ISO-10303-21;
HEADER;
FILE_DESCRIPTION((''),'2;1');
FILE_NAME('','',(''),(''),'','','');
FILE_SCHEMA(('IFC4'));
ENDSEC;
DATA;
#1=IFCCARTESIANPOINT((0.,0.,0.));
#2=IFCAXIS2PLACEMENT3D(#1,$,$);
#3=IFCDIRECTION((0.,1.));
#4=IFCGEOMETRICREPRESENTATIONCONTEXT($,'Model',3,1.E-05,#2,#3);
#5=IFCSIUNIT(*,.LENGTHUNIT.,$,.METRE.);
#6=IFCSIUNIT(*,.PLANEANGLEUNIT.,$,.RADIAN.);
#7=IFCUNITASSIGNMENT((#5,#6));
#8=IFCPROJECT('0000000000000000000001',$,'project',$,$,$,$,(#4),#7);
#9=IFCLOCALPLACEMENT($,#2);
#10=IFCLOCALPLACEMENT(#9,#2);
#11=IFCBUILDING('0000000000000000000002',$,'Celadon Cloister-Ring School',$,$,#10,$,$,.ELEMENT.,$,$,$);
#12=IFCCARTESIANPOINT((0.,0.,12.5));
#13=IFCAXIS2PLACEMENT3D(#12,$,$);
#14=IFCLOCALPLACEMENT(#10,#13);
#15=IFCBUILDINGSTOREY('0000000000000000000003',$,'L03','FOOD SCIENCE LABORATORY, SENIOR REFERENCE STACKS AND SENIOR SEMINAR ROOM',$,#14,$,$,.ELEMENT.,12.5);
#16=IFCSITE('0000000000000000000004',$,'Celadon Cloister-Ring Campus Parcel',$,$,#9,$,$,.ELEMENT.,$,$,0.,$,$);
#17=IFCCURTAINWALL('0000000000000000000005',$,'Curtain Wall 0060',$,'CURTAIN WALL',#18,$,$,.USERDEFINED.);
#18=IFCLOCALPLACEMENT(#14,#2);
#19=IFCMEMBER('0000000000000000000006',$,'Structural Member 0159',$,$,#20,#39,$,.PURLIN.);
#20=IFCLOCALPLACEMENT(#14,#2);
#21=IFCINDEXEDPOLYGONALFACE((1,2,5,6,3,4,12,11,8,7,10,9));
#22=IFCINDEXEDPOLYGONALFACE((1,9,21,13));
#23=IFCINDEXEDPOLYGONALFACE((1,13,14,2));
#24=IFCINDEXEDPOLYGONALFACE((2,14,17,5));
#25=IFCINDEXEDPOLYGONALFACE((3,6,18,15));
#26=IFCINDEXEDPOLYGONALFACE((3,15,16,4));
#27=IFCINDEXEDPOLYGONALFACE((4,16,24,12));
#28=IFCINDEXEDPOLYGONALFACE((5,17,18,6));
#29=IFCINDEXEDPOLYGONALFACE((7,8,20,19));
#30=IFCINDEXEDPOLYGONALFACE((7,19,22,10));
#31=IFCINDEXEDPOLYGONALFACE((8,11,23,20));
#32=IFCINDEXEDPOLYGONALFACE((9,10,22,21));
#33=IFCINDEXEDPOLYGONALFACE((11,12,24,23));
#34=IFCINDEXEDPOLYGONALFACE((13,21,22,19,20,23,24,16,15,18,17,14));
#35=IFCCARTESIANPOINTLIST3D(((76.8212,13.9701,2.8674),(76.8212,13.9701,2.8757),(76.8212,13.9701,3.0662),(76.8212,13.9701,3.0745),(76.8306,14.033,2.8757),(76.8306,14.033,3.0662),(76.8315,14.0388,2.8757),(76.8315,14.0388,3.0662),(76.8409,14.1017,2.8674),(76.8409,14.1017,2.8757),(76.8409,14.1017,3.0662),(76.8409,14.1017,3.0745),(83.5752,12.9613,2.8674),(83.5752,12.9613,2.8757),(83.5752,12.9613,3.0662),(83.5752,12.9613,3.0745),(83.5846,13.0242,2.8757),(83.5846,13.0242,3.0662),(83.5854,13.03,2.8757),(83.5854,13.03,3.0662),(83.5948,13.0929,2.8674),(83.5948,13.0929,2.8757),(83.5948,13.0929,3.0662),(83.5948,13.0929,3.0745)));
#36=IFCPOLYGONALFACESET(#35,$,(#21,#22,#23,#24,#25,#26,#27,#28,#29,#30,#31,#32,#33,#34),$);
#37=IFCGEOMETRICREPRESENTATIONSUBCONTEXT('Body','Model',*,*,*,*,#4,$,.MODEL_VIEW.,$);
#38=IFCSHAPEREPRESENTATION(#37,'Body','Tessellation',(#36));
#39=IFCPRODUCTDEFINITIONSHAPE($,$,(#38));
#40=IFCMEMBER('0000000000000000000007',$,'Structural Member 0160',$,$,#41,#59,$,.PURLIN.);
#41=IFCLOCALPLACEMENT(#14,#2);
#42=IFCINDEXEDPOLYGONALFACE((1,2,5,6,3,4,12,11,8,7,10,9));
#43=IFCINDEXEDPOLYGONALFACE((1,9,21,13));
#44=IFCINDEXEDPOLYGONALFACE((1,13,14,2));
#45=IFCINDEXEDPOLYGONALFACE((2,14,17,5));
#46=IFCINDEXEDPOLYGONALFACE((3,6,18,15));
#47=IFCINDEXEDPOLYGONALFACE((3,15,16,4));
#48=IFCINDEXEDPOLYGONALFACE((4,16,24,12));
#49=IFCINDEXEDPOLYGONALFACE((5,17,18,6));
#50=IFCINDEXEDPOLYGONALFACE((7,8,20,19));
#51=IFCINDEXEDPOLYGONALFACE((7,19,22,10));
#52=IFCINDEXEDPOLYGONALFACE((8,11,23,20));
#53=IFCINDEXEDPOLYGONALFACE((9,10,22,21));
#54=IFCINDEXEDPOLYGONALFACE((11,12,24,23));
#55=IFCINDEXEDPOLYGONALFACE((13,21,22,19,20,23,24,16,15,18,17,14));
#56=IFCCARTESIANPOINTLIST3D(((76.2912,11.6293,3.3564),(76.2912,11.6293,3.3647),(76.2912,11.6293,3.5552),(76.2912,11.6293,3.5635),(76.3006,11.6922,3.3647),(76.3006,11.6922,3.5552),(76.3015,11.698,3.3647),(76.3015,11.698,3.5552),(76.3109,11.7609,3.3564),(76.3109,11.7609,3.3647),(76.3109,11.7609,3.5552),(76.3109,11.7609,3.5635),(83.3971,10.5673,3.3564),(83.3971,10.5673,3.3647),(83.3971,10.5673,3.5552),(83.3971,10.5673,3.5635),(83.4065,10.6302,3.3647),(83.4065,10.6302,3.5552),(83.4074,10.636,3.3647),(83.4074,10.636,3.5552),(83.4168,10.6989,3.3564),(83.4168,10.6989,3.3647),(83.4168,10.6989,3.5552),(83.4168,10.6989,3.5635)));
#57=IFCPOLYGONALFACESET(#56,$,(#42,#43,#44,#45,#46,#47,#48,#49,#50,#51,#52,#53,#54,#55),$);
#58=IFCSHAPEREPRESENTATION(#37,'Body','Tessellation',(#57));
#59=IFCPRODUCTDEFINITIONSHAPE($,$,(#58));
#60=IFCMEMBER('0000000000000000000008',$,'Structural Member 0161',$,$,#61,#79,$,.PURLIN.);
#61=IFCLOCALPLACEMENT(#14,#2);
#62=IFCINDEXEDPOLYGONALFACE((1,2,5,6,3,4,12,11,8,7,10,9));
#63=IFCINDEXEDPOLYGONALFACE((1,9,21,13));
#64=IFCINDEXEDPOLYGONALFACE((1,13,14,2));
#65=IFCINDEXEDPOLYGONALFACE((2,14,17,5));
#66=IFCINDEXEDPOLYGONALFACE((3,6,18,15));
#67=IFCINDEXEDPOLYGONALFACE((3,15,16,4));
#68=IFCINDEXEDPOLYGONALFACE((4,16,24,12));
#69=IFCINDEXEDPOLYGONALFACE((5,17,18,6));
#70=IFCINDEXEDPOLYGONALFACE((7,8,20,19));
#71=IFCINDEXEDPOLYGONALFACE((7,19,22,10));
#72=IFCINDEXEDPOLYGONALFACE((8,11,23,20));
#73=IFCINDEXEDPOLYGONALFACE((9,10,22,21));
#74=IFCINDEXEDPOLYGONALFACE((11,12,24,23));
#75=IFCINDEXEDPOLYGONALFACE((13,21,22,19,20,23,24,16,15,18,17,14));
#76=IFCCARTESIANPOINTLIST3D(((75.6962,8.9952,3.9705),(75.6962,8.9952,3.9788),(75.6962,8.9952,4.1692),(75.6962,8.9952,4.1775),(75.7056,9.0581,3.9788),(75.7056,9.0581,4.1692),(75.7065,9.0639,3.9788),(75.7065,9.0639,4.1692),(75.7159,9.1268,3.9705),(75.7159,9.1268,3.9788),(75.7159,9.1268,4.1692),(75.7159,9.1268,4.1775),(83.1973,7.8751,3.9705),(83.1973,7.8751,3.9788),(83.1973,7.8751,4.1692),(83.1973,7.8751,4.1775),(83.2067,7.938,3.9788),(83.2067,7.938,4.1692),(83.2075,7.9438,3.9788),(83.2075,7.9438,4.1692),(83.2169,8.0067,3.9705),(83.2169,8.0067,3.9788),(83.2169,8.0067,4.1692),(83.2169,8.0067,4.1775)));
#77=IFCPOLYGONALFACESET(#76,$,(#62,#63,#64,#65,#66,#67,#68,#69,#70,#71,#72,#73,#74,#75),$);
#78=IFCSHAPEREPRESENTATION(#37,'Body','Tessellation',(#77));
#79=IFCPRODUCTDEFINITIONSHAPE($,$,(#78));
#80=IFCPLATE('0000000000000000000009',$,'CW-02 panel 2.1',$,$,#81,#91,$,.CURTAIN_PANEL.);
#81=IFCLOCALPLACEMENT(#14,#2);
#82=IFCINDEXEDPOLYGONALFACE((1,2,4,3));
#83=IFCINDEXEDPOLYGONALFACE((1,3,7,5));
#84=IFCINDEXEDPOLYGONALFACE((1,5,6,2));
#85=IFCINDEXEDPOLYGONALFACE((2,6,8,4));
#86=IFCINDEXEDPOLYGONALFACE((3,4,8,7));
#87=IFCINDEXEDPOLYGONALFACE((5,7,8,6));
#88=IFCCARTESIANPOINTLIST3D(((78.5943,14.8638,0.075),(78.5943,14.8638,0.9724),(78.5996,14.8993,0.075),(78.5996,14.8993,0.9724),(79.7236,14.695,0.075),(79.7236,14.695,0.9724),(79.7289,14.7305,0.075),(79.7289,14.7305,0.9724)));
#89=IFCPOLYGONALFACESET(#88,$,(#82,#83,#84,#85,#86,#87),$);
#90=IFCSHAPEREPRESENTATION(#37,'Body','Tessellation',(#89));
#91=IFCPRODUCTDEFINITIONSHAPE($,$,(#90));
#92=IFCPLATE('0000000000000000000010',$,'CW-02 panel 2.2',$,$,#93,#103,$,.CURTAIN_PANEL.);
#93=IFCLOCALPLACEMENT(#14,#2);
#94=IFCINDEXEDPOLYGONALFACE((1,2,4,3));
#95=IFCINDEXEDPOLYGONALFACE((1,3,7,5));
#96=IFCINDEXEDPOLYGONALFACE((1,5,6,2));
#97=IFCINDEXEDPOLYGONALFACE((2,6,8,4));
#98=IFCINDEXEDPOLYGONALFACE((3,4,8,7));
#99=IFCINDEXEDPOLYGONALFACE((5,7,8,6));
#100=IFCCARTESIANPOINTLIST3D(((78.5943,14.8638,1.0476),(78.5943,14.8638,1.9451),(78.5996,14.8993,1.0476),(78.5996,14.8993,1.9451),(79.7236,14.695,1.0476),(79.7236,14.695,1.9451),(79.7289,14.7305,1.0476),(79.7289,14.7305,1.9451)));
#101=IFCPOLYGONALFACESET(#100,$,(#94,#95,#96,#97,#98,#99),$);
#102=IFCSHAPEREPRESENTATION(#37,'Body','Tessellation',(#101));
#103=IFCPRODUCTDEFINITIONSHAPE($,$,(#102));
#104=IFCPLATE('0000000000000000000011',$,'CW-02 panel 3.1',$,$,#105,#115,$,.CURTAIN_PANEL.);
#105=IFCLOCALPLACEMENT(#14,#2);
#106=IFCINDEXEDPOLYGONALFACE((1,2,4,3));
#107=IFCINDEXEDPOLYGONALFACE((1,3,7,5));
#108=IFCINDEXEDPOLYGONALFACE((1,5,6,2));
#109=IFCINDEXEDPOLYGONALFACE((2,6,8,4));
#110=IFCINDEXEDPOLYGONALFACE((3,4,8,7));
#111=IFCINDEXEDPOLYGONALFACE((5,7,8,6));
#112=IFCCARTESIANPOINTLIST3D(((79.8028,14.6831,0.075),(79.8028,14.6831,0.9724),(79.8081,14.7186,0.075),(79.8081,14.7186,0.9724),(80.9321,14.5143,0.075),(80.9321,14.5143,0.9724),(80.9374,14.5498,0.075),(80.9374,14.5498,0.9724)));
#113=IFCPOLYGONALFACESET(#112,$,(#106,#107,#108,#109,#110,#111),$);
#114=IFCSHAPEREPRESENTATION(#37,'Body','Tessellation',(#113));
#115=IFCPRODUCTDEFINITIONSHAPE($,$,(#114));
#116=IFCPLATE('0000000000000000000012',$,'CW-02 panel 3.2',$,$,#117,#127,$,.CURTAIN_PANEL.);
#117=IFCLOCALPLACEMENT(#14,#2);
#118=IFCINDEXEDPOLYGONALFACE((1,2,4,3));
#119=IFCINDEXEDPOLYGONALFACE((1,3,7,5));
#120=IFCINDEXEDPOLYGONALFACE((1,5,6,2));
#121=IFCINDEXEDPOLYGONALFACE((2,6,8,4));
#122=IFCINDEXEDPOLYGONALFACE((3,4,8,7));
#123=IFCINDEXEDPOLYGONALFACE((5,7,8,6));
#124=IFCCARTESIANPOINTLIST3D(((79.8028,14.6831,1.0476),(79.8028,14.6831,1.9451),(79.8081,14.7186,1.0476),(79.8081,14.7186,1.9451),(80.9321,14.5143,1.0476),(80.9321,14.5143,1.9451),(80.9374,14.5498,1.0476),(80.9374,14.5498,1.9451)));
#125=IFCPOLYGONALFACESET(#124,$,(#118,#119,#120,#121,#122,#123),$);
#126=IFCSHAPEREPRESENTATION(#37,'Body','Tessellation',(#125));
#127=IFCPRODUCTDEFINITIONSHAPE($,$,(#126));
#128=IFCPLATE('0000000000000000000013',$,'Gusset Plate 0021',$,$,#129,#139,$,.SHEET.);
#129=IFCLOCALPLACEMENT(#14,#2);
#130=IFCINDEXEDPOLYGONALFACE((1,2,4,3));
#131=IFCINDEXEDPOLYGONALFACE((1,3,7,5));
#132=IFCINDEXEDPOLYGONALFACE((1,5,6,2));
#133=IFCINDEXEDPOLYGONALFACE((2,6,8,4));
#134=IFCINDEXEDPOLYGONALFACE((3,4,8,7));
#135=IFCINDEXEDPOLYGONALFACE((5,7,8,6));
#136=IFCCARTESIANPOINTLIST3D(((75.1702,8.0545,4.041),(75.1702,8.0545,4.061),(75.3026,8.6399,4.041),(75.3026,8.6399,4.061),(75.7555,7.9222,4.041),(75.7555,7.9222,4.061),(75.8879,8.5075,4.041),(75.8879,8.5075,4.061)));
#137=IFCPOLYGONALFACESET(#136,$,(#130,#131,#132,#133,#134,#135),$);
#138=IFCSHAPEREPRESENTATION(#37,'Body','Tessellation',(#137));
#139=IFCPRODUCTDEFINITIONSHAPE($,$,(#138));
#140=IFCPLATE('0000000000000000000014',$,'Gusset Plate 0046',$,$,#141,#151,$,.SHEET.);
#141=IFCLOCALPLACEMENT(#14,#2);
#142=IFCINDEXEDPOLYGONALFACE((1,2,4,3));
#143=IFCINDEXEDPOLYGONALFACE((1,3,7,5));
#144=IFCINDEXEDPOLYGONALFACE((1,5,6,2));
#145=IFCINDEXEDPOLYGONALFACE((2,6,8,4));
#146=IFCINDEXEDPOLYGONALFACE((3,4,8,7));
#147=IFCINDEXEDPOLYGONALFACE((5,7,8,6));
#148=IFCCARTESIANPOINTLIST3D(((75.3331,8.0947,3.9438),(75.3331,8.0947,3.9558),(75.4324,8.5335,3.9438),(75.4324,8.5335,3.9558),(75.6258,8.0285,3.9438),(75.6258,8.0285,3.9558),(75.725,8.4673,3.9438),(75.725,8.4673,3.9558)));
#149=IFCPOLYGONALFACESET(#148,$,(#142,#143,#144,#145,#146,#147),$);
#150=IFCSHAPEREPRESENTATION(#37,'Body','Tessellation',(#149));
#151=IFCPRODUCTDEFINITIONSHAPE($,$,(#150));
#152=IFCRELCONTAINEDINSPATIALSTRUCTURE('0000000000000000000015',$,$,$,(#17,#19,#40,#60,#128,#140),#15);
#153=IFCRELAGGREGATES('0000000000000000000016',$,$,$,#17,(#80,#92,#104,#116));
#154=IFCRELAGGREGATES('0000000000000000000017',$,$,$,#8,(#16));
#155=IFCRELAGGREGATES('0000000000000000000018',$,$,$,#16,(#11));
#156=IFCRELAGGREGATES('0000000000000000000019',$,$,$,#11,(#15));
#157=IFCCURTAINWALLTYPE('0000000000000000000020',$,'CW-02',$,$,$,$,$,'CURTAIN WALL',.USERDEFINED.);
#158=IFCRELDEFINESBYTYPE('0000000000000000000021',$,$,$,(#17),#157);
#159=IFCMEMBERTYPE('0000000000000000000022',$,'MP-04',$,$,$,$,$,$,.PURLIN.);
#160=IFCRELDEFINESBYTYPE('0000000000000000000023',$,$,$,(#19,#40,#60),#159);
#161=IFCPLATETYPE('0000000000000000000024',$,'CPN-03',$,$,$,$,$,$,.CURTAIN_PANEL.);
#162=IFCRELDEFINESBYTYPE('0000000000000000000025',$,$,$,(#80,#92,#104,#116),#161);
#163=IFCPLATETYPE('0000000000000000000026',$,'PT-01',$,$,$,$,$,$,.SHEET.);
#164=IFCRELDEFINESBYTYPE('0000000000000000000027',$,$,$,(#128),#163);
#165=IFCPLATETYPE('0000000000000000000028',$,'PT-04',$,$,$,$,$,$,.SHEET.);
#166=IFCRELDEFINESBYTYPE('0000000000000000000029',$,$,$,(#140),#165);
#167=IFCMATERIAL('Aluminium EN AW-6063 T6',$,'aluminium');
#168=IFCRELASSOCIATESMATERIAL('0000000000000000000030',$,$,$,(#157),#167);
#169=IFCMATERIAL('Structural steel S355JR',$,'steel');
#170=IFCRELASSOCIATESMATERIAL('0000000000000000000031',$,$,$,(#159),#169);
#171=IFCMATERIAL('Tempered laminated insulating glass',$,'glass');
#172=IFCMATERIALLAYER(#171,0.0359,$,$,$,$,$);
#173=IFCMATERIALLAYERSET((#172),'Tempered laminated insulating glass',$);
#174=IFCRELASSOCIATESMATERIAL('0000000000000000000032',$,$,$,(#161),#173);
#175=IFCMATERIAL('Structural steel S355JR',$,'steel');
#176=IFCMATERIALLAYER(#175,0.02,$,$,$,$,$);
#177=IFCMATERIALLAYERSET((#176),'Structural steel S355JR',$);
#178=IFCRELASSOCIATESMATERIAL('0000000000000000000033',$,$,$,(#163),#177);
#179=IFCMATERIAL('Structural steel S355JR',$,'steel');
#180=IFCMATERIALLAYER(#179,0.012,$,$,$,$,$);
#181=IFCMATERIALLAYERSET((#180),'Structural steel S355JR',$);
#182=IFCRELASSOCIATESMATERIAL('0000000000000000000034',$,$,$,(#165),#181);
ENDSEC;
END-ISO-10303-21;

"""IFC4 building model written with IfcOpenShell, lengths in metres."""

from ifc_helpers import new_model, si_unit, direction, frame, origin, origin_2d, place, context, subcontext, project, spatial, rectangle, i_section, extrude, material, layer, layer_set, material_profile, profile_set, type_object, element, aggregate, save


model = new_model("IFC4")

# Units and contexts
model_context = context("Model", 3, precision=1e-05, world=origin(), true_north=direction((0.0, 1.0)))
body_context = subcontext(model_context, "Body", "Model", "MODEL_VIEW")
ifc_project = project(units=[si_unit("LENGTHUNIT", "METRE"), si_unit("PLANEANGLEUNIT", "RADIAN")], contexts=[model_context])

# Site, building, storey
site_placement = place(None, origin())
site = spatial("IfcSite", under=ifc_project, at=site_placement, Name="Celadon Cloister-Ring Campus Parcel", CompositionType="ELEMENT", RefElevation=0.0)
building_placement = place(site_placement, origin())
building = spatial("IfcBuilding", under=site, at=building_placement, Name="Celadon Cloister-Ring School", CompositionType="ELEMENT")
storey_placement = place(building_placement, frame((0.0, 0.0, 12.5)))
storey = spatial("IfcBuildingStorey", under=building, at=storey_placement, Name="L03", Description="FOOD SCIENCE LABORATORY, SENIOR REFERENCE STACKS AND SENIOR SEMINAR ROOM", CompositionType="ELEMENT", Elevation=12.5)

# Curtain wall
ifc_material_1 = material(Name="Aluminium EN AW-6063 T6", Category="aluminium")
curtain_wall_type = type_object("IfcCurtainWallType", Name="CW-02", ElementType="CURTAIN WALL", PredefinedType="USERDEFINED", material=ifc_material_1)
curtain_wall_placement = place(storey_placement, origin())
curtain_wall = element("IfcCurtainWall", 1, at=curtain_wall_placement, inside=storey, type_object=curtain_wall_type, Name="Curtain Wall 0060", ObjectType="CURTAIN WALL", PredefinedType="USERDEFINED")

# Members
ifc_material_2 = material(Name="Structural steel S355JR", Category="steel")
ifc_material_profile_1 = material_profile(ifc_material_2, i_section(OverallWidth=0.1331, OverallDepth=0.207, WebThickness=0.0059, FlangeThickness=0.0083, at=origin_2d()), Name="W200X27")
ifc_profile_set_1 = profile_set([ifc_material_profile_1], Name="Structural steel S355JR")
member_type_1 = type_object("IfcMemberType", Name="MP-04", PredefinedType="PURLIN", material=ifc_profile_set_1)
member_1_placement = place(storey_placement, frame((76.8311, 14.0359, 2.9709), z_axis=(0.989028, -0.147725, 0.0), x_axis=(0.147725, 0.989028, 0.0)))
element("IfcMember", 2, at=member_1_placement, inside=storey, type_object=member_type_1, Name="Structural Member 0159", PredefinedType="PURLIN", context=body_context, shape_type="SweptSolid", body=[
    extrude(i_section(OverallWidth=0.1331, OverallDepth=0.207, WebThickness=0.0059, FlangeThickness=0.0083, at=origin_2d()), origin(), (0.0, 0.0, 1.0), 6.8289),
])
member_2_placement = place(storey_placement, frame((76.301, 11.6951, 3.46), z_axis=(0.989015, -0.147812, 0.0), x_axis=(0.147812, 0.989015, 0.0)))
element("IfcMember", 3, at=member_2_placement, inside=storey, type_object=member_type_1, Name="Structural Member 0160", PredefinedType="PURLIN", context=body_context, shape_type="SweptSolid", body=[
    extrude(i_section(OverallWidth=0.1331, OverallDepth=0.207, WebThickness=0.0059, FlangeThickness=0.0083, at=origin_2d()), origin(), (0.0, 0.0, 1.0), 7.1848),
])
member_3_placement = place(storey_placement, frame((75.7061, 9.061, 4.074), z_axis=(0.989033, -0.147692, 0.0), x_axis=(0.147692, 0.989033, 0.0)))
element("IfcMember", 4, at=member_3_placement, inside=storey, type_object=member_type_1, Name="Structural Member 0161", PredefinedType="PURLIN", context=body_context, shape_type="SweptSolid", body=[
    extrude(i_section(OverallWidth=0.1331, OverallDepth=0.207, WebThickness=0.0059, FlangeThickness=0.0083, at=origin_2d()), origin(), (0.0, 0.0, 1.0), 7.5842),
])

# Plates
ifc_material_3 = material(Name="Tempered laminated insulating glass", Category="glass")
ifc_layer_1 = layer(ifc_material_3, 0.0359)
ifc_layer_set_1 = layer_set([ifc_layer_1], Name="Tempered laminated insulating glass")
plate_type_1 = type_object("IfcPlateType", Name="CPN-03", PredefinedType="CURTAIN_PANEL", material=ifc_layer_set_1)
plate_1_placement = place(storey_placement, frame((79.1616, 14.7971, 0.075), z_axis=(0.0, 0.0, 1.0), x_axis=(0.989015, -0.147812, 0.0)))
plate_1 = element("IfcPlate", 5, at=plate_1_placement, type_object=plate_type_1, Name="CW-02 panel 2.1", PredefinedType="CURTAIN_PANEL", context=body_context, shape_type="SweptSolid", body=[
    extrude(rectangle(XDim=1.1418, YDim=0.0359, at=origin_2d()), origin(), (0.0, 0.0, 1.0), 0.8975),
])
plate_2_placement = place(storey_placement, frame((79.1616, 14.7971, 1.0476), z_axis=(0.0, 0.0, 1.0), x_axis=(0.989015, -0.147812, 0.0)))
plate_2 = element("IfcPlate", 6, at=plate_2_placement, type_object=plate_type_1, Name="CW-02 panel 2.2", PredefinedType="CURTAIN_PANEL", context=body_context, shape_type="SweptSolid", body=[
    extrude(rectangle(XDim=1.1418, YDim=0.0359, at=origin_2d()), origin(), (0.0, 0.0, 1.0), 0.8975),
])
plate_3_placement = place(storey_placement, frame((80.3701, 14.6165, 0.075), z_axis=(0.0, 0.0, 1.0), x_axis=(0.989015, -0.147812, 0.0)))
plate_3 = element("IfcPlate", 7, at=plate_3_placement, type_object=plate_type_1, Name="CW-02 panel 3.1", PredefinedType="CURTAIN_PANEL", context=body_context, shape_type="SweptSolid", body=[
    extrude(rectangle(XDim=1.1418, YDim=0.0359, at=origin_2d()), origin(), (0.0, 0.0, 1.0), 0.8975),
])
plate_4_placement = place(storey_placement, frame((80.3701, 14.6165, 1.0476), z_axis=(0.0, 0.0, 1.0), x_axis=(0.989015, -0.147812, 0.0)))
plate_4 = element("IfcPlate", 8, at=plate_4_placement, type_object=plate_type_1, Name="CW-02 panel 3.2", PredefinedType="CURTAIN_PANEL", context=body_context, shape_type="SweptSolid", body=[
    extrude(rectangle(XDim=1.1418, YDim=0.0359, at=origin_2d()), origin(), (0.0, 0.0, 1.0), 0.8975),
])
aggregate(curtain_wall, [plate_1, plate_2, plate_3, plate_4])

# Plates
ifc_material_4 = material(Name="Structural steel S355JR", Category="steel")
ifc_layer_2 = layer(ifc_material_4, 0.02)
ifc_layer_set_2 = layer_set([ifc_layer_2], Name="Structural steel S355JR")
plate_type_2 = type_object("IfcPlateType", Name="PT-01", PredefinedType="SHEET", material=ifc_layer_set_2)
plate_5_placement = place(storey_placement, frame((75.5291, 8.281, 4.041), z_axis=(0.0, 0.0, 1.0), x_axis=(-0.220595, -0.975365, 0.0)))
element("IfcPlate", 9, at=plate_5_placement, inside=storey, type_object=plate_type_2, Name="Gusset Plate 0021", PredefinedType="SHEET", context=body_context, shape_type="SweptSolid", body=[
    extrude(rectangle(XDim=0.6001, YDim=0.6001, at=origin_2d()), origin(), (0.0, 0.0, 1.0), 0.02),
])
ifc_material_5 = material(Name="Structural steel S355JR", Category="steel")
ifc_layer_3 = layer(ifc_material_5, 0.012)
ifc_layer_set_3 = layer_set([ifc_layer_3], Name="Structural steel S355JR")
plate_type_3 = type_object("IfcPlateType", Name="PT-04", PredefinedType="SHEET", material=ifc_layer_set_3)
plate_6_placement = place(storey_placement, frame((75.5291, 8.281, 3.9438), z_axis=(0.0, 0.0, 1.0), x_axis=(-0.220595, -0.975365, 0.0)))
element("IfcPlate", 10, at=plate_6_placement, inside=storey, type_object=plate_type_3, Name="Gusset Plate 0046", PredefinedType="SHEET", context=body_context, shape_type="SweptSolid", body=[
    extrude(rectangle(XDim=0.45, YDim=0.3, at=origin_2d()), origin(), (0.0, 0.0, 1.0), 0.012),
])

save(model, "model.ifc")
